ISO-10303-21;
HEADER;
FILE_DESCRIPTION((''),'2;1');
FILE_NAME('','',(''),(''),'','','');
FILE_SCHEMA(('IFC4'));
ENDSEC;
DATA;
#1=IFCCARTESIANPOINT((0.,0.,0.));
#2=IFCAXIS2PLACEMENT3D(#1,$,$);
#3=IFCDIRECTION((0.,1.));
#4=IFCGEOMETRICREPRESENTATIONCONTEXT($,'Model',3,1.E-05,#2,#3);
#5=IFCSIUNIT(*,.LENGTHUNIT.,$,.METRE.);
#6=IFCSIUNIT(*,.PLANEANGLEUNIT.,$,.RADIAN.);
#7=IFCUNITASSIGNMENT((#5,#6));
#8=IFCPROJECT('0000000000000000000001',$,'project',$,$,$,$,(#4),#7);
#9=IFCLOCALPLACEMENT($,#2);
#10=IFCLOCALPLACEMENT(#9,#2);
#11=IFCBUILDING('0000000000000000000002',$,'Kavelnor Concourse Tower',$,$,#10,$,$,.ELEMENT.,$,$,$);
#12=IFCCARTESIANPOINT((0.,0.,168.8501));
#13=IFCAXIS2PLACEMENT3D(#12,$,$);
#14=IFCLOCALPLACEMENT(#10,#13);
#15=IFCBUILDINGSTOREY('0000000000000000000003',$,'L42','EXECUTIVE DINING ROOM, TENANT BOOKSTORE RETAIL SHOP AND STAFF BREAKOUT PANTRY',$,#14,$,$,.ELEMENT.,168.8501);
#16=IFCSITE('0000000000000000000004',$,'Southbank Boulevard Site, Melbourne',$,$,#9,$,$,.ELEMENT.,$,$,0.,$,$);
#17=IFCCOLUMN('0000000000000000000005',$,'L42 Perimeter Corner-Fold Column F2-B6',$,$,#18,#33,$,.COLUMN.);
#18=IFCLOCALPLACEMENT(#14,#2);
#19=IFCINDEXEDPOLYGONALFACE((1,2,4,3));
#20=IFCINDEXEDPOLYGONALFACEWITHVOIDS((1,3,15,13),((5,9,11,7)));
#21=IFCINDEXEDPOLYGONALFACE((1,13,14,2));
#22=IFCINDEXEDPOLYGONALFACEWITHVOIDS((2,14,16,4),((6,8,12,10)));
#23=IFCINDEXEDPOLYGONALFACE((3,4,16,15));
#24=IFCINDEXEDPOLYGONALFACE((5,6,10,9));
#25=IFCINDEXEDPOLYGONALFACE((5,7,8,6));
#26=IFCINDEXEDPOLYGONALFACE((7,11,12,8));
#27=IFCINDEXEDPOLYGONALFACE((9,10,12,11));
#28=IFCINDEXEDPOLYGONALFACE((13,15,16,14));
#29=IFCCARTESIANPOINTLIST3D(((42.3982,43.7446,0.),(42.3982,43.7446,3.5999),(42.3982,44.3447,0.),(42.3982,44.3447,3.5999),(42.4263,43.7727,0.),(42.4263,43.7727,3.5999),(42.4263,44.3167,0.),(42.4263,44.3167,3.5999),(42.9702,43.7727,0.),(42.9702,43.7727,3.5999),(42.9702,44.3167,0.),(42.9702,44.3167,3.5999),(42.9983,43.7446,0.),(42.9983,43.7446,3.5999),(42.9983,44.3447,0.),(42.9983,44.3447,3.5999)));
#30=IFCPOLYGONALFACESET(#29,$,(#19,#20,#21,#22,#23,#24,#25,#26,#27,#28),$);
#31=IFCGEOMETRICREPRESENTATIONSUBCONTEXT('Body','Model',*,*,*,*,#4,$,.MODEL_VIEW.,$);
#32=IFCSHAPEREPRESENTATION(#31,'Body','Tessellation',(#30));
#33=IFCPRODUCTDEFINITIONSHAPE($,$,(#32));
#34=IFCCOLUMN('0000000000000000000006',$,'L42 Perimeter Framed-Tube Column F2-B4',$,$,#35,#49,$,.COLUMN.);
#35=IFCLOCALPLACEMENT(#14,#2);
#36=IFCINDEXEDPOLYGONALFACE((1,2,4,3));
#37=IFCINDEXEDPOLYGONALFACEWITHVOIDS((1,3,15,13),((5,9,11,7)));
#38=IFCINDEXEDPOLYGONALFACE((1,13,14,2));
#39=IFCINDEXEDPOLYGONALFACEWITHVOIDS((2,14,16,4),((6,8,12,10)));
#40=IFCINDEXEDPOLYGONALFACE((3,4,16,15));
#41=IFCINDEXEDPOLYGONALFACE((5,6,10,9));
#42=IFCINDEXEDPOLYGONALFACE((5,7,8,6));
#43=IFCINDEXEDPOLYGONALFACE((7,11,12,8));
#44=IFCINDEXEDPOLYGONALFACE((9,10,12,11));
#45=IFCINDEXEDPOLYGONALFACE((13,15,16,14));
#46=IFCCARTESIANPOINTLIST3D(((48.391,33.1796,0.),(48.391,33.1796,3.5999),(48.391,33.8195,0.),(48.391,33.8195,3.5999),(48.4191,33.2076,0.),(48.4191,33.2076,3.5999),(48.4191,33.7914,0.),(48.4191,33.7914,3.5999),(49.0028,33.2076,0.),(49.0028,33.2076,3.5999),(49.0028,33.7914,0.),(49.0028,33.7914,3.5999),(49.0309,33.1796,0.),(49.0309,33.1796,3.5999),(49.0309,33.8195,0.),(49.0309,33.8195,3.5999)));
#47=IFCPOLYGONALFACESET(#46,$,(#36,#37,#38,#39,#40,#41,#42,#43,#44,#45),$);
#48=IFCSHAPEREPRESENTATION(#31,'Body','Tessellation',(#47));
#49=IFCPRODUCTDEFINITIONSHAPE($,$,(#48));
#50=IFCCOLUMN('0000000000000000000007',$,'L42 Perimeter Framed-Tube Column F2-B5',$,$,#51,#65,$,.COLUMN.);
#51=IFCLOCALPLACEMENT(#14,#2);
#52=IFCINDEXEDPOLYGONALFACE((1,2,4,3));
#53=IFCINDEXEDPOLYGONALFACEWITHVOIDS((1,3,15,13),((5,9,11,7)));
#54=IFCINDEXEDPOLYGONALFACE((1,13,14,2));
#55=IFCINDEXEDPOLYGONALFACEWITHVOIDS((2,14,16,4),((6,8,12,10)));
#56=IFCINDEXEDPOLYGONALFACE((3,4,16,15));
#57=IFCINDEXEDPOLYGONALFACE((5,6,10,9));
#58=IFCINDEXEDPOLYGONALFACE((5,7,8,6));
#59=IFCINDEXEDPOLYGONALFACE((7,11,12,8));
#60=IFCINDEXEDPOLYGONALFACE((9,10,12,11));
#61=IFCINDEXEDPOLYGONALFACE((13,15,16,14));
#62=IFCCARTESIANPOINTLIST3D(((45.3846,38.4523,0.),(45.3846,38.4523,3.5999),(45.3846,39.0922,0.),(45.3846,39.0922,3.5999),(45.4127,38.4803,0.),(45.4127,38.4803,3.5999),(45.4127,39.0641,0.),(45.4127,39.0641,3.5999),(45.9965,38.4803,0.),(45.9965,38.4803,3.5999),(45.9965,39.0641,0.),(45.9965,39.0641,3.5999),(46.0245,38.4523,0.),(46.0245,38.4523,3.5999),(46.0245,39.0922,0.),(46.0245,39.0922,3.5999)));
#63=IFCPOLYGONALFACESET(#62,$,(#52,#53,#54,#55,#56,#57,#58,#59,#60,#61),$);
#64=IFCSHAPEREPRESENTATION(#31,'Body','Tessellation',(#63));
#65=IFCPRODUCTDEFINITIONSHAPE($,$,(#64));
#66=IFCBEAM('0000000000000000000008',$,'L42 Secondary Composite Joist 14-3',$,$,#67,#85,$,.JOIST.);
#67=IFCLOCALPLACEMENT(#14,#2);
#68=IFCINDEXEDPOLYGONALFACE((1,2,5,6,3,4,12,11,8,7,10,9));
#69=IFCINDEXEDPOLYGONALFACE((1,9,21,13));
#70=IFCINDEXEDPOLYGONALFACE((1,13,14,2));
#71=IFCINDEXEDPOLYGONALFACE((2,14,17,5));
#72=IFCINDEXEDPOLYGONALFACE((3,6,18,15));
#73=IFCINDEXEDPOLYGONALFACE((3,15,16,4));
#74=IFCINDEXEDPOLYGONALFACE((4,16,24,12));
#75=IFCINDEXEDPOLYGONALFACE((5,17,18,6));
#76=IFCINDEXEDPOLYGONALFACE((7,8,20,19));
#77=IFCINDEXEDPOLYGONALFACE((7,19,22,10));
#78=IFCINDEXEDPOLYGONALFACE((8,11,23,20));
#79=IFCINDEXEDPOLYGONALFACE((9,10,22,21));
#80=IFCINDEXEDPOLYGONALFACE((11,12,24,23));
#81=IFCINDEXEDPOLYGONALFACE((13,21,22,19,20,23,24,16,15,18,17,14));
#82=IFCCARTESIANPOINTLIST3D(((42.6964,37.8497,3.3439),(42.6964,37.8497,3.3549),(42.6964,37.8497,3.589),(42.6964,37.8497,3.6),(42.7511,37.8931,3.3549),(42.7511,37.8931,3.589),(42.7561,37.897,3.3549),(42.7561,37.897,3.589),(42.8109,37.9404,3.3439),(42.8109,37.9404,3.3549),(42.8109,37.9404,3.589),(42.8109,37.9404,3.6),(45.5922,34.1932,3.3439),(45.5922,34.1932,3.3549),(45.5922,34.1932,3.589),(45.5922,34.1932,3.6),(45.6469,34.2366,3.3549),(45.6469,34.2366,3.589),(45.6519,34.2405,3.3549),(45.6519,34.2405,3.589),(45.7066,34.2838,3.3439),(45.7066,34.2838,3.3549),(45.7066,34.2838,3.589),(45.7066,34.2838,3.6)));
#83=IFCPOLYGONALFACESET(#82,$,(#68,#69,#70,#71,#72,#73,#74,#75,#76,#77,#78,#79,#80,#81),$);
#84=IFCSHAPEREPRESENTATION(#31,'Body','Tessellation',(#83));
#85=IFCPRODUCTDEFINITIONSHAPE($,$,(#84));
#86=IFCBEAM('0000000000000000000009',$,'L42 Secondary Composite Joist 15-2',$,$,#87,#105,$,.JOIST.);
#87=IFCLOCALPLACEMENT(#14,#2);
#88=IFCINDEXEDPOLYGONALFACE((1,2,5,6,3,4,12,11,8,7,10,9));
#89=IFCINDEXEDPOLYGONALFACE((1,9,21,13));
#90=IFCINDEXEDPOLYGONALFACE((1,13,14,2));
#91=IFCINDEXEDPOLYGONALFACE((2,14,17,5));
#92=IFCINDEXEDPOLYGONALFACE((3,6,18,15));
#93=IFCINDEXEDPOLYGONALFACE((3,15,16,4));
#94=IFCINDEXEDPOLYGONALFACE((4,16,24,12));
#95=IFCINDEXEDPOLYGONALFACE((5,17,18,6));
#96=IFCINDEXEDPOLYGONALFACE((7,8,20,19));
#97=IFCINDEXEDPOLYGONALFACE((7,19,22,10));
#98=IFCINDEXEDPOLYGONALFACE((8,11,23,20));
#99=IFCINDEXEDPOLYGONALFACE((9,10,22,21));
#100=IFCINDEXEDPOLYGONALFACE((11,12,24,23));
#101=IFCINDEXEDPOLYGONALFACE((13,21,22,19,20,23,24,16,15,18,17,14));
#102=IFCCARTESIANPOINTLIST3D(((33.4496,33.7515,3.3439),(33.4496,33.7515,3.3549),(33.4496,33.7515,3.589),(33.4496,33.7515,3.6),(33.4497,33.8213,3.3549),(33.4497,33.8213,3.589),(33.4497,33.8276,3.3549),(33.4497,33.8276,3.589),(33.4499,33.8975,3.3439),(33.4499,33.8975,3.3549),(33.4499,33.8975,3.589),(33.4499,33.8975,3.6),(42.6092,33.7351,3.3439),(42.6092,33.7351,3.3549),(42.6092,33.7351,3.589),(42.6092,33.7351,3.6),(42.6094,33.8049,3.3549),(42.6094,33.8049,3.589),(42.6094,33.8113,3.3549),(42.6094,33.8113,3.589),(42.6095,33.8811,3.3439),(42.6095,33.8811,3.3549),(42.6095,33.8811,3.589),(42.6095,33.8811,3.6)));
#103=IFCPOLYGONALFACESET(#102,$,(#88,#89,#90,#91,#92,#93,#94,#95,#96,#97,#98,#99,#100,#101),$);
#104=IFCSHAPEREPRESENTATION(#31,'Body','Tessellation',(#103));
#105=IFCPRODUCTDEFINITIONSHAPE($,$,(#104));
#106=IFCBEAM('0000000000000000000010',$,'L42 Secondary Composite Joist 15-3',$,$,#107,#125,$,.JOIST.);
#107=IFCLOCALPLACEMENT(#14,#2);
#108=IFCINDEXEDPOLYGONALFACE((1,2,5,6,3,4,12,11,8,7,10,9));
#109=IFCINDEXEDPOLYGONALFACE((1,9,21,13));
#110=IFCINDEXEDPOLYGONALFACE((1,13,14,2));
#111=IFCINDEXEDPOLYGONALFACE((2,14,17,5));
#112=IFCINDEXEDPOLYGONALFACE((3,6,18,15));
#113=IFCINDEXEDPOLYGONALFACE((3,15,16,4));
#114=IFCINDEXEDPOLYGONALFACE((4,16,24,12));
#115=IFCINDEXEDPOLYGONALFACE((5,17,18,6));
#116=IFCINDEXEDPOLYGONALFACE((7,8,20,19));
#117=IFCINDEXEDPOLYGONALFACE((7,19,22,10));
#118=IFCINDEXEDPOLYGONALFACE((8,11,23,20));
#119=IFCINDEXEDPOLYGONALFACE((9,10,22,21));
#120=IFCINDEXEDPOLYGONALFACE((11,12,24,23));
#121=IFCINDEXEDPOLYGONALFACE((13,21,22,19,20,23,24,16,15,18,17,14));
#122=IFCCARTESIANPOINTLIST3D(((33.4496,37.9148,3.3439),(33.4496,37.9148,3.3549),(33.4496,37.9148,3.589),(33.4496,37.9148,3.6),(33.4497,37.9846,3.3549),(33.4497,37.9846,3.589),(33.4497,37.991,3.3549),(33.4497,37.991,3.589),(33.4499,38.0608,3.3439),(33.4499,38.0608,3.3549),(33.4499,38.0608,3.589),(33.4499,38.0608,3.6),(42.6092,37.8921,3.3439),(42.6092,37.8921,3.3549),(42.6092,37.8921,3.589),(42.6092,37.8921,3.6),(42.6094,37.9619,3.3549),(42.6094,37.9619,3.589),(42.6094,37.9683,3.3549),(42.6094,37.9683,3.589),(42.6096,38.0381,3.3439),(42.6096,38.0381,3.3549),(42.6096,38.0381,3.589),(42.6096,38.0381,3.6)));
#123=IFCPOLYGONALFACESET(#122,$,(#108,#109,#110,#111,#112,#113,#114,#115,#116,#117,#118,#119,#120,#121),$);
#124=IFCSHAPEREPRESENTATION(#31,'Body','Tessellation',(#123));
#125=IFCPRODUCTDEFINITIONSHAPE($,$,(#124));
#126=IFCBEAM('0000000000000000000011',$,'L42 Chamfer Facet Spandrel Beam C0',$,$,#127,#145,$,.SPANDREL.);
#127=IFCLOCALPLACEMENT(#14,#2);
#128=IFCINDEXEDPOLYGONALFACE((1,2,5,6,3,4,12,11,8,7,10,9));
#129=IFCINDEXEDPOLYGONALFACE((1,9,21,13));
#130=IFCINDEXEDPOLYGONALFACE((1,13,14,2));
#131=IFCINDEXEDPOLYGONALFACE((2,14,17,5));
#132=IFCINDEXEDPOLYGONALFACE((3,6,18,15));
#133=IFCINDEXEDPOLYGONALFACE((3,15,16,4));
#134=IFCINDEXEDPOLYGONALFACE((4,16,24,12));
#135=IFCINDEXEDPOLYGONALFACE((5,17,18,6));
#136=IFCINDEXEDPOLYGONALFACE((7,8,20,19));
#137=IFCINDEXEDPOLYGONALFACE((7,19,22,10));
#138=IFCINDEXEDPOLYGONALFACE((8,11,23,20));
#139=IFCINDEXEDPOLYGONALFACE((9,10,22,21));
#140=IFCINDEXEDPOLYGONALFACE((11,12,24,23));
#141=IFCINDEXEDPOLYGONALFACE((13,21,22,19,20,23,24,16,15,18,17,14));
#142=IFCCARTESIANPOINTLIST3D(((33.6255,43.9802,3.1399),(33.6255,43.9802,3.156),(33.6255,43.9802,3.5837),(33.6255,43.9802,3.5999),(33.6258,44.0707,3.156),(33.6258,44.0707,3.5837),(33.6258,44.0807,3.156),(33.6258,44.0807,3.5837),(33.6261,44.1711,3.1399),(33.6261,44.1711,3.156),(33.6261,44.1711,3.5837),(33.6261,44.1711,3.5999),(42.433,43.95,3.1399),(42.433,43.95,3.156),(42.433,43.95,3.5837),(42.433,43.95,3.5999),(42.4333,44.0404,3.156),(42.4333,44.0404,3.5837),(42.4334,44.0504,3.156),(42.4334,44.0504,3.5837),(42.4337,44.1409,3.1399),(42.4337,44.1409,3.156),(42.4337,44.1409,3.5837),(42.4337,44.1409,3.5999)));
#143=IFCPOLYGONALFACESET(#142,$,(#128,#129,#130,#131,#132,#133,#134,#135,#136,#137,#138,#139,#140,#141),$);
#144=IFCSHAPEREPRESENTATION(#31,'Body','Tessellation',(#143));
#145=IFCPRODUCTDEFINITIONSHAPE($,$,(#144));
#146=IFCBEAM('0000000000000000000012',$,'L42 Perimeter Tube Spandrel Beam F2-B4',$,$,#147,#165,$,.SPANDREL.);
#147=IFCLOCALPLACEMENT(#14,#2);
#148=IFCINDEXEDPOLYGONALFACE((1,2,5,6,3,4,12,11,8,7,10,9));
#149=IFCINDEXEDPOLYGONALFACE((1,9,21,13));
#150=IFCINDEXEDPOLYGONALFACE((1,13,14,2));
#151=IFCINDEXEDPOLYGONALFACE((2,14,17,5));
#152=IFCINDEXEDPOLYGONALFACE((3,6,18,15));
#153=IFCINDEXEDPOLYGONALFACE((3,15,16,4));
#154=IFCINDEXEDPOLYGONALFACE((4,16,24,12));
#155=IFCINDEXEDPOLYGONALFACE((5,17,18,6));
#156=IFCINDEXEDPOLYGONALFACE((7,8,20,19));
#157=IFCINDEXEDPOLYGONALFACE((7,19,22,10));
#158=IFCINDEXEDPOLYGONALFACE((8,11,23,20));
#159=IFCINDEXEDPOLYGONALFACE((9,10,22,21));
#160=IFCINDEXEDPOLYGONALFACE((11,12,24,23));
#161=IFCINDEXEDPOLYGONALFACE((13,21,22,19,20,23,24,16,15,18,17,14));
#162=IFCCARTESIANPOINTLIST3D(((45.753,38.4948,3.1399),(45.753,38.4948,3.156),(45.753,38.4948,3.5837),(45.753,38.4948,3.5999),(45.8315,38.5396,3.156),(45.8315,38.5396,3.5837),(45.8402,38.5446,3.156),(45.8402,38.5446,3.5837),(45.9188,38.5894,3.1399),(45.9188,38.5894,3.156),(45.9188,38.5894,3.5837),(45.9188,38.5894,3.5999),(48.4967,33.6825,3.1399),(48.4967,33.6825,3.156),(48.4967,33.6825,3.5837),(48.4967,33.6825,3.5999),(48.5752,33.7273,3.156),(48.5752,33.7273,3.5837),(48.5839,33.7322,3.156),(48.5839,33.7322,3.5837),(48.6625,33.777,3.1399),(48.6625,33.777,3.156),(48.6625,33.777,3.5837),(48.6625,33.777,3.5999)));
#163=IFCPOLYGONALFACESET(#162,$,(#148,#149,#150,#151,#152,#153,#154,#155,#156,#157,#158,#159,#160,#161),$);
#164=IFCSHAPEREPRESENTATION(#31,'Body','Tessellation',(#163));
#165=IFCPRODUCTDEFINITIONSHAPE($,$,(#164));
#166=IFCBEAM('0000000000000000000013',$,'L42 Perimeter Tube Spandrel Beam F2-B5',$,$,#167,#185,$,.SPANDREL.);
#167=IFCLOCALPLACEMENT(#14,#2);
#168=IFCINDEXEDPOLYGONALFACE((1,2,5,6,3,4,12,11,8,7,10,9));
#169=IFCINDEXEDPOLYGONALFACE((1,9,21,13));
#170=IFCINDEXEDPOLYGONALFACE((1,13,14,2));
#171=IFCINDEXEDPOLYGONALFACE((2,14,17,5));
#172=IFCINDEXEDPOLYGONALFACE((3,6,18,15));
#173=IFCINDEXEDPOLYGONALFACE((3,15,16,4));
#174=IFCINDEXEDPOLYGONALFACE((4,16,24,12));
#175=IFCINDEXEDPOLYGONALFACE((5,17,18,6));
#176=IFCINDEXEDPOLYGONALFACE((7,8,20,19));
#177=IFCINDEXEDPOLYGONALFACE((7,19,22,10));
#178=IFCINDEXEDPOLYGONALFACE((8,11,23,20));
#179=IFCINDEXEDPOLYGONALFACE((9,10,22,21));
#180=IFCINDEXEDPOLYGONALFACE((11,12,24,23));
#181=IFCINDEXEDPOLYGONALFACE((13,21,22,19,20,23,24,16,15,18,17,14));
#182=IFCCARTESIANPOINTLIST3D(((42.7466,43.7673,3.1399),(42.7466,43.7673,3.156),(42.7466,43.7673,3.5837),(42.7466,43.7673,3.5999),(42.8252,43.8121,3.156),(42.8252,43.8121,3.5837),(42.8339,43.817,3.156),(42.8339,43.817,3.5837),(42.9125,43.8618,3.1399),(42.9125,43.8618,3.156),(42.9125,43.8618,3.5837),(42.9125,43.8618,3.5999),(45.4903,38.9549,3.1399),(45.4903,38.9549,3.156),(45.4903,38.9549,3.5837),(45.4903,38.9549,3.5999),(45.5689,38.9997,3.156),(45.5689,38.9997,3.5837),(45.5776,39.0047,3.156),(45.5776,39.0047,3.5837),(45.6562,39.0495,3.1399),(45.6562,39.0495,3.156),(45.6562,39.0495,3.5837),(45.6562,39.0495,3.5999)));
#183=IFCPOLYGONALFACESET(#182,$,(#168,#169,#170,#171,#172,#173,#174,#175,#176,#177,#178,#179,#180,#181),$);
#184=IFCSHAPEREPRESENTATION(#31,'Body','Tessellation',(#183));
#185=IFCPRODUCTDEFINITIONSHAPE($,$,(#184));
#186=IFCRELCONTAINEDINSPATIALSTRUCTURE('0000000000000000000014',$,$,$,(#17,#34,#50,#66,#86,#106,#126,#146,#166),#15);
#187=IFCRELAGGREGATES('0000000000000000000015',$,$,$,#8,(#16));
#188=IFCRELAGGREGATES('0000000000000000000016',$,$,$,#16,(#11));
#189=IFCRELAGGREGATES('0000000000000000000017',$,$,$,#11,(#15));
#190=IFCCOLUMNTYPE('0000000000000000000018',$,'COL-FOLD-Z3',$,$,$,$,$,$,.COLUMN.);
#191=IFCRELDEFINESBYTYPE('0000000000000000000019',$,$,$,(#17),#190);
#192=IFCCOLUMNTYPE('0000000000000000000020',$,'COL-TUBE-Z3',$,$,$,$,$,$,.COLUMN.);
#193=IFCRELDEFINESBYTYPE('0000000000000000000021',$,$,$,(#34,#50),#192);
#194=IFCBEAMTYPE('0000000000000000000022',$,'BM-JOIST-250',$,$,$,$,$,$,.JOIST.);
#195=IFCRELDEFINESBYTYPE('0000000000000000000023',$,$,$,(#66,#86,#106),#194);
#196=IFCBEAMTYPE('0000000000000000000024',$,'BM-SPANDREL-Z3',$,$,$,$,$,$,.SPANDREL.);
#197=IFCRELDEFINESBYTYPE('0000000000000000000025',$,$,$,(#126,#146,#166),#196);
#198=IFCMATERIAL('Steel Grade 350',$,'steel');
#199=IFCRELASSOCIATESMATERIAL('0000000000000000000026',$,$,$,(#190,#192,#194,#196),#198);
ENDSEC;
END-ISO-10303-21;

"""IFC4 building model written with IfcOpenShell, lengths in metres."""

from ifc_helpers import new_model, si_unit, direction, frame, origin, origin_2d, place, context, subcontext, project, spatial, hollow_rectangle, i_section, extrude, material, material_profile, profile_set, type_object, element, save


model = new_model("IFC4")

# Units and contexts
model_context = context("Model", 3, precision=1e-05, world=origin(), true_north=direction((0.0, 1.0)))
body_context = subcontext(model_context, "Body", "Model", "MODEL_VIEW")
ifc_project = project(units=[si_unit("LENGTHUNIT", "METRE"), si_unit("PLANEANGLEUNIT", "RADIAN")], contexts=[model_context])

# Site, building, storey
site_placement = place(None, origin())
site = spatial("IfcSite", under=ifc_project, at=site_placement, Name="Southbank Boulevard Site, Melbourne", CompositionType="ELEMENT", RefElevation=0.0)
building_placement = place(site_placement, origin())
building = spatial("IfcBuilding", under=site, at=building_placement, Name="Kavelnor Concourse Tower", CompositionType="ELEMENT")
storey_placement = place(building_placement, frame((0.0, 0.0, 168.8501)))
storey = spatial("IfcBuildingStorey", under=building, at=storey_placement, Name="L42", Description="EXECUTIVE DINING ROOM, TENANT BOOKSTORE RETAIL SHOP AND STAFF BREAKOUT PANTRY", CompositionType="ELEMENT", Elevation=168.8501)

# Columns
ifc_material_1 = material(Name="Steel Grade 350", Category="steel")
ifc_material_profile_1 = material_profile(ifc_material_1, hollow_rectangle(XDim=0.6001, YDim=0.6001, WallThickness=0.0281, at=origin_2d()), Name="SHS 600x600x28")
ifc_profile_set_1 = profile_set([ifc_material_profile_1], Name="Steel Grade 350")
column_type_1 = type_object("IfcColumnType", Name="COL-FOLD-Z3", PredefinedType="COLUMN", material=ifc_profile_set_1)
column_placement = place(storey_placement, frame((42.6982, 44.0447, 0.0), z_axis=(0.0, 0.0, 1.0), x_axis=(1.0, 0.0, 0.0)))
element("IfcColumn", 1, at=column_placement, inside=storey, type_object=column_type_1, Name="L42 Perimeter Corner-Fold Column F2-B6", PredefinedType="COLUMN", context=body_context, shape_type="SweptSolid", body=[
    extrude(hollow_rectangle(XDim=0.6001, YDim=0.6001, WallThickness=0.0281, at=origin_2d()), origin(), (0.0, 0.0, 1.0), 3.5999),
])
ifc_material_profile_2 = material_profile(ifc_material_1, hollow_rectangle(XDim=0.6399, YDim=0.6399, WallThickness=0.0281, at=origin_2d()), Name="SHS 640x640x28")
ifc_profile_set_2 = profile_set([ifc_material_profile_2], Name="Steel Grade 350")
column_type_2 = type_object("IfcColumnType", Name="COL-TUBE-Z3", PredefinedType="COLUMN", material=ifc_profile_set_2)
for number, where, z_axis, x_axis, name in (
    (2, (48.7109, 33.4995, 0.0), (0.0, 0.0, 1.0), (1.0, 0.0, 0.0), "L42 Perimeter Framed-Tube Column F2-B4"),
    (3, (45.7046, 38.7722, 0.0), (0.0, 0.0, 1.0), (1.0, 0.0, 0.0), "L42 Perimeter Framed-Tube Column F2-B5"),
):
    element("IfcColumn", number, at=place(storey_placement, frame(where, z_axis=z_axis, x_axis=x_axis)), inside=storey, type_object=column_type_2, Name=name, PredefinedType="COLUMN", context=body_context, shape_type="SweptSolid", body=[
        extrude(hollow_rectangle(XDim=0.6399, YDim=0.6399, WallThickness=0.0281, at=origin_2d()), origin(), (0.0, 0.0, 1.0), 3.5999),
    ])

# Beams
ifc_material_profile_3 = material_profile(ifc_material_1, i_section(OverallWidth=0.146, OverallDepth=0.2561, WebThickness=0.0063, FlangeThickness=0.011, at=origin_2d()), Name="250UB37")
ifc_profile_set_3 = profile_set([ifc_material_profile_3], Name="Steel Grade 350")
beam_type_1 = type_object("IfcBeamType", Name="BM-JOIST-250", PredefinedType="JOIST", material=ifc_profile_set_3)
beam_1_placement = place(storey_placement, frame((45.6494, 34.2385, 3.4719), z_axis=(-0.620838, 0.783939, 0.0), x_axis=(-0.783939, -0.620838, 0.0)))
element("IfcBeam", 4, at=beam_1_placement, inside=storey, type_object=beam_type_1, Name="L42 Secondary Composite Joist 14-3", PredefinedType="JOIST", context=body_context, shape_type="SweptSolid", body=[
    extrude(i_section(OverallWidth=0.146, OverallDepth=0.2561, WebThickness=0.0063, FlangeThickness=0.011, at=origin_2d()), origin(), (0.0, 0.0, 1.0), 4.6643),
])
for number, where, z_axis, x_axis, name in (
    (5, (42.6094, 33.8081, 3.4719), (-0.999998, 0.001786, 0.0), (-0.001786, -0.999998, 0.0), "L42 Secondary Composite Joist 15-2"),
    (6, (42.6094, 37.9651, 3.4719), (-0.999997, 0.002479, 0.0), (-0.002479, -0.999997, 0.0), "L42 Secondary Composite Joist 15-3"),
):
    element("IfcBeam", number, at=place(storey_placement, frame(where, z_axis=z_axis, x_axis=x_axis)), inside=storey, type_object=beam_type_1, Name=name, PredefinedType="JOIST", context=body_context, shape_type="SweptSolid", body=[
        extrude(i_section(OverallWidth=0.146, OverallDepth=0.2561, WebThickness=0.0063, FlangeThickness=0.011, at=origin_2d()), origin(), (0.0, 0.0, 1.0), 9.1597),
    ])
ifc_material_profile_4 = material_profile(ifc_material_1, i_section(OverallWidth=0.1909, OverallDepth=0.46, WebThickness=0.01, FlangeThickness=0.0161, at=origin_2d()), Name="460UB82")
ifc_profile_set_4 = profile_set([ifc_material_profile_4], Name="Steel Grade 350")
beam_type_2 = type_object("IfcBeamType", Name="BM-SPANDREL-Z3", PredefinedType="SPANDREL", material=ifc_profile_set_4)
beam_2_placement = place(storey_placement, frame((42.4333, 44.0454, 3.3699), z_axis=(-0.999994, 0.003437, 0.0), x_axis=(-0.003437, -0.999994, 0.0)))
element("IfcBeam", 7, at=beam_2_placement, inside=storey, type_object=beam_type_2, Name="L42 Chamfer Facet Spandrel Beam C0", PredefinedType="SPANDREL", context=body_context, shape_type="SweptSolid", body=[
    extrude(i_section(OverallWidth=0.1909, OverallDepth=0.46, WebThickness=0.01, FlangeThickness=0.0161, at=origin_2d()), origin(), (0.0, 0.0, 1.0), 8.8076),
])
for number, where, z_axis, x_axis, name in (
    (8, (48.5796, 33.7297, 3.3699), (-0.495294, 0.868726, 0.0), (-0.868726, -0.495294, 0.0), "L42 Perimeter Tube Spandrel Beam F2-B4"),
    (9, (45.5732, 39.0022, 3.3699), (-0.495294, 0.868726, 0.0), (-0.868726, -0.495294, 0.0), "L42 Perimeter Tube Spandrel Beam F2-B5"),
):
    element("IfcBeam", number, at=place(storey_placement, frame(where, z_axis=z_axis, x_axis=x_axis)), inside=storey, type_object=beam_type_2, Name=name, PredefinedType="SPANDREL", context=body_context, shape_type="SweptSolid", body=[
        extrude(i_section(OverallWidth=0.1909, OverallDepth=0.46, WebThickness=0.01, FlangeThickness=0.0161, at=origin_2d()), origin(), (0.0, 0.0, 1.0), 5.5396),
    ])

save(model, "model.ifc")
